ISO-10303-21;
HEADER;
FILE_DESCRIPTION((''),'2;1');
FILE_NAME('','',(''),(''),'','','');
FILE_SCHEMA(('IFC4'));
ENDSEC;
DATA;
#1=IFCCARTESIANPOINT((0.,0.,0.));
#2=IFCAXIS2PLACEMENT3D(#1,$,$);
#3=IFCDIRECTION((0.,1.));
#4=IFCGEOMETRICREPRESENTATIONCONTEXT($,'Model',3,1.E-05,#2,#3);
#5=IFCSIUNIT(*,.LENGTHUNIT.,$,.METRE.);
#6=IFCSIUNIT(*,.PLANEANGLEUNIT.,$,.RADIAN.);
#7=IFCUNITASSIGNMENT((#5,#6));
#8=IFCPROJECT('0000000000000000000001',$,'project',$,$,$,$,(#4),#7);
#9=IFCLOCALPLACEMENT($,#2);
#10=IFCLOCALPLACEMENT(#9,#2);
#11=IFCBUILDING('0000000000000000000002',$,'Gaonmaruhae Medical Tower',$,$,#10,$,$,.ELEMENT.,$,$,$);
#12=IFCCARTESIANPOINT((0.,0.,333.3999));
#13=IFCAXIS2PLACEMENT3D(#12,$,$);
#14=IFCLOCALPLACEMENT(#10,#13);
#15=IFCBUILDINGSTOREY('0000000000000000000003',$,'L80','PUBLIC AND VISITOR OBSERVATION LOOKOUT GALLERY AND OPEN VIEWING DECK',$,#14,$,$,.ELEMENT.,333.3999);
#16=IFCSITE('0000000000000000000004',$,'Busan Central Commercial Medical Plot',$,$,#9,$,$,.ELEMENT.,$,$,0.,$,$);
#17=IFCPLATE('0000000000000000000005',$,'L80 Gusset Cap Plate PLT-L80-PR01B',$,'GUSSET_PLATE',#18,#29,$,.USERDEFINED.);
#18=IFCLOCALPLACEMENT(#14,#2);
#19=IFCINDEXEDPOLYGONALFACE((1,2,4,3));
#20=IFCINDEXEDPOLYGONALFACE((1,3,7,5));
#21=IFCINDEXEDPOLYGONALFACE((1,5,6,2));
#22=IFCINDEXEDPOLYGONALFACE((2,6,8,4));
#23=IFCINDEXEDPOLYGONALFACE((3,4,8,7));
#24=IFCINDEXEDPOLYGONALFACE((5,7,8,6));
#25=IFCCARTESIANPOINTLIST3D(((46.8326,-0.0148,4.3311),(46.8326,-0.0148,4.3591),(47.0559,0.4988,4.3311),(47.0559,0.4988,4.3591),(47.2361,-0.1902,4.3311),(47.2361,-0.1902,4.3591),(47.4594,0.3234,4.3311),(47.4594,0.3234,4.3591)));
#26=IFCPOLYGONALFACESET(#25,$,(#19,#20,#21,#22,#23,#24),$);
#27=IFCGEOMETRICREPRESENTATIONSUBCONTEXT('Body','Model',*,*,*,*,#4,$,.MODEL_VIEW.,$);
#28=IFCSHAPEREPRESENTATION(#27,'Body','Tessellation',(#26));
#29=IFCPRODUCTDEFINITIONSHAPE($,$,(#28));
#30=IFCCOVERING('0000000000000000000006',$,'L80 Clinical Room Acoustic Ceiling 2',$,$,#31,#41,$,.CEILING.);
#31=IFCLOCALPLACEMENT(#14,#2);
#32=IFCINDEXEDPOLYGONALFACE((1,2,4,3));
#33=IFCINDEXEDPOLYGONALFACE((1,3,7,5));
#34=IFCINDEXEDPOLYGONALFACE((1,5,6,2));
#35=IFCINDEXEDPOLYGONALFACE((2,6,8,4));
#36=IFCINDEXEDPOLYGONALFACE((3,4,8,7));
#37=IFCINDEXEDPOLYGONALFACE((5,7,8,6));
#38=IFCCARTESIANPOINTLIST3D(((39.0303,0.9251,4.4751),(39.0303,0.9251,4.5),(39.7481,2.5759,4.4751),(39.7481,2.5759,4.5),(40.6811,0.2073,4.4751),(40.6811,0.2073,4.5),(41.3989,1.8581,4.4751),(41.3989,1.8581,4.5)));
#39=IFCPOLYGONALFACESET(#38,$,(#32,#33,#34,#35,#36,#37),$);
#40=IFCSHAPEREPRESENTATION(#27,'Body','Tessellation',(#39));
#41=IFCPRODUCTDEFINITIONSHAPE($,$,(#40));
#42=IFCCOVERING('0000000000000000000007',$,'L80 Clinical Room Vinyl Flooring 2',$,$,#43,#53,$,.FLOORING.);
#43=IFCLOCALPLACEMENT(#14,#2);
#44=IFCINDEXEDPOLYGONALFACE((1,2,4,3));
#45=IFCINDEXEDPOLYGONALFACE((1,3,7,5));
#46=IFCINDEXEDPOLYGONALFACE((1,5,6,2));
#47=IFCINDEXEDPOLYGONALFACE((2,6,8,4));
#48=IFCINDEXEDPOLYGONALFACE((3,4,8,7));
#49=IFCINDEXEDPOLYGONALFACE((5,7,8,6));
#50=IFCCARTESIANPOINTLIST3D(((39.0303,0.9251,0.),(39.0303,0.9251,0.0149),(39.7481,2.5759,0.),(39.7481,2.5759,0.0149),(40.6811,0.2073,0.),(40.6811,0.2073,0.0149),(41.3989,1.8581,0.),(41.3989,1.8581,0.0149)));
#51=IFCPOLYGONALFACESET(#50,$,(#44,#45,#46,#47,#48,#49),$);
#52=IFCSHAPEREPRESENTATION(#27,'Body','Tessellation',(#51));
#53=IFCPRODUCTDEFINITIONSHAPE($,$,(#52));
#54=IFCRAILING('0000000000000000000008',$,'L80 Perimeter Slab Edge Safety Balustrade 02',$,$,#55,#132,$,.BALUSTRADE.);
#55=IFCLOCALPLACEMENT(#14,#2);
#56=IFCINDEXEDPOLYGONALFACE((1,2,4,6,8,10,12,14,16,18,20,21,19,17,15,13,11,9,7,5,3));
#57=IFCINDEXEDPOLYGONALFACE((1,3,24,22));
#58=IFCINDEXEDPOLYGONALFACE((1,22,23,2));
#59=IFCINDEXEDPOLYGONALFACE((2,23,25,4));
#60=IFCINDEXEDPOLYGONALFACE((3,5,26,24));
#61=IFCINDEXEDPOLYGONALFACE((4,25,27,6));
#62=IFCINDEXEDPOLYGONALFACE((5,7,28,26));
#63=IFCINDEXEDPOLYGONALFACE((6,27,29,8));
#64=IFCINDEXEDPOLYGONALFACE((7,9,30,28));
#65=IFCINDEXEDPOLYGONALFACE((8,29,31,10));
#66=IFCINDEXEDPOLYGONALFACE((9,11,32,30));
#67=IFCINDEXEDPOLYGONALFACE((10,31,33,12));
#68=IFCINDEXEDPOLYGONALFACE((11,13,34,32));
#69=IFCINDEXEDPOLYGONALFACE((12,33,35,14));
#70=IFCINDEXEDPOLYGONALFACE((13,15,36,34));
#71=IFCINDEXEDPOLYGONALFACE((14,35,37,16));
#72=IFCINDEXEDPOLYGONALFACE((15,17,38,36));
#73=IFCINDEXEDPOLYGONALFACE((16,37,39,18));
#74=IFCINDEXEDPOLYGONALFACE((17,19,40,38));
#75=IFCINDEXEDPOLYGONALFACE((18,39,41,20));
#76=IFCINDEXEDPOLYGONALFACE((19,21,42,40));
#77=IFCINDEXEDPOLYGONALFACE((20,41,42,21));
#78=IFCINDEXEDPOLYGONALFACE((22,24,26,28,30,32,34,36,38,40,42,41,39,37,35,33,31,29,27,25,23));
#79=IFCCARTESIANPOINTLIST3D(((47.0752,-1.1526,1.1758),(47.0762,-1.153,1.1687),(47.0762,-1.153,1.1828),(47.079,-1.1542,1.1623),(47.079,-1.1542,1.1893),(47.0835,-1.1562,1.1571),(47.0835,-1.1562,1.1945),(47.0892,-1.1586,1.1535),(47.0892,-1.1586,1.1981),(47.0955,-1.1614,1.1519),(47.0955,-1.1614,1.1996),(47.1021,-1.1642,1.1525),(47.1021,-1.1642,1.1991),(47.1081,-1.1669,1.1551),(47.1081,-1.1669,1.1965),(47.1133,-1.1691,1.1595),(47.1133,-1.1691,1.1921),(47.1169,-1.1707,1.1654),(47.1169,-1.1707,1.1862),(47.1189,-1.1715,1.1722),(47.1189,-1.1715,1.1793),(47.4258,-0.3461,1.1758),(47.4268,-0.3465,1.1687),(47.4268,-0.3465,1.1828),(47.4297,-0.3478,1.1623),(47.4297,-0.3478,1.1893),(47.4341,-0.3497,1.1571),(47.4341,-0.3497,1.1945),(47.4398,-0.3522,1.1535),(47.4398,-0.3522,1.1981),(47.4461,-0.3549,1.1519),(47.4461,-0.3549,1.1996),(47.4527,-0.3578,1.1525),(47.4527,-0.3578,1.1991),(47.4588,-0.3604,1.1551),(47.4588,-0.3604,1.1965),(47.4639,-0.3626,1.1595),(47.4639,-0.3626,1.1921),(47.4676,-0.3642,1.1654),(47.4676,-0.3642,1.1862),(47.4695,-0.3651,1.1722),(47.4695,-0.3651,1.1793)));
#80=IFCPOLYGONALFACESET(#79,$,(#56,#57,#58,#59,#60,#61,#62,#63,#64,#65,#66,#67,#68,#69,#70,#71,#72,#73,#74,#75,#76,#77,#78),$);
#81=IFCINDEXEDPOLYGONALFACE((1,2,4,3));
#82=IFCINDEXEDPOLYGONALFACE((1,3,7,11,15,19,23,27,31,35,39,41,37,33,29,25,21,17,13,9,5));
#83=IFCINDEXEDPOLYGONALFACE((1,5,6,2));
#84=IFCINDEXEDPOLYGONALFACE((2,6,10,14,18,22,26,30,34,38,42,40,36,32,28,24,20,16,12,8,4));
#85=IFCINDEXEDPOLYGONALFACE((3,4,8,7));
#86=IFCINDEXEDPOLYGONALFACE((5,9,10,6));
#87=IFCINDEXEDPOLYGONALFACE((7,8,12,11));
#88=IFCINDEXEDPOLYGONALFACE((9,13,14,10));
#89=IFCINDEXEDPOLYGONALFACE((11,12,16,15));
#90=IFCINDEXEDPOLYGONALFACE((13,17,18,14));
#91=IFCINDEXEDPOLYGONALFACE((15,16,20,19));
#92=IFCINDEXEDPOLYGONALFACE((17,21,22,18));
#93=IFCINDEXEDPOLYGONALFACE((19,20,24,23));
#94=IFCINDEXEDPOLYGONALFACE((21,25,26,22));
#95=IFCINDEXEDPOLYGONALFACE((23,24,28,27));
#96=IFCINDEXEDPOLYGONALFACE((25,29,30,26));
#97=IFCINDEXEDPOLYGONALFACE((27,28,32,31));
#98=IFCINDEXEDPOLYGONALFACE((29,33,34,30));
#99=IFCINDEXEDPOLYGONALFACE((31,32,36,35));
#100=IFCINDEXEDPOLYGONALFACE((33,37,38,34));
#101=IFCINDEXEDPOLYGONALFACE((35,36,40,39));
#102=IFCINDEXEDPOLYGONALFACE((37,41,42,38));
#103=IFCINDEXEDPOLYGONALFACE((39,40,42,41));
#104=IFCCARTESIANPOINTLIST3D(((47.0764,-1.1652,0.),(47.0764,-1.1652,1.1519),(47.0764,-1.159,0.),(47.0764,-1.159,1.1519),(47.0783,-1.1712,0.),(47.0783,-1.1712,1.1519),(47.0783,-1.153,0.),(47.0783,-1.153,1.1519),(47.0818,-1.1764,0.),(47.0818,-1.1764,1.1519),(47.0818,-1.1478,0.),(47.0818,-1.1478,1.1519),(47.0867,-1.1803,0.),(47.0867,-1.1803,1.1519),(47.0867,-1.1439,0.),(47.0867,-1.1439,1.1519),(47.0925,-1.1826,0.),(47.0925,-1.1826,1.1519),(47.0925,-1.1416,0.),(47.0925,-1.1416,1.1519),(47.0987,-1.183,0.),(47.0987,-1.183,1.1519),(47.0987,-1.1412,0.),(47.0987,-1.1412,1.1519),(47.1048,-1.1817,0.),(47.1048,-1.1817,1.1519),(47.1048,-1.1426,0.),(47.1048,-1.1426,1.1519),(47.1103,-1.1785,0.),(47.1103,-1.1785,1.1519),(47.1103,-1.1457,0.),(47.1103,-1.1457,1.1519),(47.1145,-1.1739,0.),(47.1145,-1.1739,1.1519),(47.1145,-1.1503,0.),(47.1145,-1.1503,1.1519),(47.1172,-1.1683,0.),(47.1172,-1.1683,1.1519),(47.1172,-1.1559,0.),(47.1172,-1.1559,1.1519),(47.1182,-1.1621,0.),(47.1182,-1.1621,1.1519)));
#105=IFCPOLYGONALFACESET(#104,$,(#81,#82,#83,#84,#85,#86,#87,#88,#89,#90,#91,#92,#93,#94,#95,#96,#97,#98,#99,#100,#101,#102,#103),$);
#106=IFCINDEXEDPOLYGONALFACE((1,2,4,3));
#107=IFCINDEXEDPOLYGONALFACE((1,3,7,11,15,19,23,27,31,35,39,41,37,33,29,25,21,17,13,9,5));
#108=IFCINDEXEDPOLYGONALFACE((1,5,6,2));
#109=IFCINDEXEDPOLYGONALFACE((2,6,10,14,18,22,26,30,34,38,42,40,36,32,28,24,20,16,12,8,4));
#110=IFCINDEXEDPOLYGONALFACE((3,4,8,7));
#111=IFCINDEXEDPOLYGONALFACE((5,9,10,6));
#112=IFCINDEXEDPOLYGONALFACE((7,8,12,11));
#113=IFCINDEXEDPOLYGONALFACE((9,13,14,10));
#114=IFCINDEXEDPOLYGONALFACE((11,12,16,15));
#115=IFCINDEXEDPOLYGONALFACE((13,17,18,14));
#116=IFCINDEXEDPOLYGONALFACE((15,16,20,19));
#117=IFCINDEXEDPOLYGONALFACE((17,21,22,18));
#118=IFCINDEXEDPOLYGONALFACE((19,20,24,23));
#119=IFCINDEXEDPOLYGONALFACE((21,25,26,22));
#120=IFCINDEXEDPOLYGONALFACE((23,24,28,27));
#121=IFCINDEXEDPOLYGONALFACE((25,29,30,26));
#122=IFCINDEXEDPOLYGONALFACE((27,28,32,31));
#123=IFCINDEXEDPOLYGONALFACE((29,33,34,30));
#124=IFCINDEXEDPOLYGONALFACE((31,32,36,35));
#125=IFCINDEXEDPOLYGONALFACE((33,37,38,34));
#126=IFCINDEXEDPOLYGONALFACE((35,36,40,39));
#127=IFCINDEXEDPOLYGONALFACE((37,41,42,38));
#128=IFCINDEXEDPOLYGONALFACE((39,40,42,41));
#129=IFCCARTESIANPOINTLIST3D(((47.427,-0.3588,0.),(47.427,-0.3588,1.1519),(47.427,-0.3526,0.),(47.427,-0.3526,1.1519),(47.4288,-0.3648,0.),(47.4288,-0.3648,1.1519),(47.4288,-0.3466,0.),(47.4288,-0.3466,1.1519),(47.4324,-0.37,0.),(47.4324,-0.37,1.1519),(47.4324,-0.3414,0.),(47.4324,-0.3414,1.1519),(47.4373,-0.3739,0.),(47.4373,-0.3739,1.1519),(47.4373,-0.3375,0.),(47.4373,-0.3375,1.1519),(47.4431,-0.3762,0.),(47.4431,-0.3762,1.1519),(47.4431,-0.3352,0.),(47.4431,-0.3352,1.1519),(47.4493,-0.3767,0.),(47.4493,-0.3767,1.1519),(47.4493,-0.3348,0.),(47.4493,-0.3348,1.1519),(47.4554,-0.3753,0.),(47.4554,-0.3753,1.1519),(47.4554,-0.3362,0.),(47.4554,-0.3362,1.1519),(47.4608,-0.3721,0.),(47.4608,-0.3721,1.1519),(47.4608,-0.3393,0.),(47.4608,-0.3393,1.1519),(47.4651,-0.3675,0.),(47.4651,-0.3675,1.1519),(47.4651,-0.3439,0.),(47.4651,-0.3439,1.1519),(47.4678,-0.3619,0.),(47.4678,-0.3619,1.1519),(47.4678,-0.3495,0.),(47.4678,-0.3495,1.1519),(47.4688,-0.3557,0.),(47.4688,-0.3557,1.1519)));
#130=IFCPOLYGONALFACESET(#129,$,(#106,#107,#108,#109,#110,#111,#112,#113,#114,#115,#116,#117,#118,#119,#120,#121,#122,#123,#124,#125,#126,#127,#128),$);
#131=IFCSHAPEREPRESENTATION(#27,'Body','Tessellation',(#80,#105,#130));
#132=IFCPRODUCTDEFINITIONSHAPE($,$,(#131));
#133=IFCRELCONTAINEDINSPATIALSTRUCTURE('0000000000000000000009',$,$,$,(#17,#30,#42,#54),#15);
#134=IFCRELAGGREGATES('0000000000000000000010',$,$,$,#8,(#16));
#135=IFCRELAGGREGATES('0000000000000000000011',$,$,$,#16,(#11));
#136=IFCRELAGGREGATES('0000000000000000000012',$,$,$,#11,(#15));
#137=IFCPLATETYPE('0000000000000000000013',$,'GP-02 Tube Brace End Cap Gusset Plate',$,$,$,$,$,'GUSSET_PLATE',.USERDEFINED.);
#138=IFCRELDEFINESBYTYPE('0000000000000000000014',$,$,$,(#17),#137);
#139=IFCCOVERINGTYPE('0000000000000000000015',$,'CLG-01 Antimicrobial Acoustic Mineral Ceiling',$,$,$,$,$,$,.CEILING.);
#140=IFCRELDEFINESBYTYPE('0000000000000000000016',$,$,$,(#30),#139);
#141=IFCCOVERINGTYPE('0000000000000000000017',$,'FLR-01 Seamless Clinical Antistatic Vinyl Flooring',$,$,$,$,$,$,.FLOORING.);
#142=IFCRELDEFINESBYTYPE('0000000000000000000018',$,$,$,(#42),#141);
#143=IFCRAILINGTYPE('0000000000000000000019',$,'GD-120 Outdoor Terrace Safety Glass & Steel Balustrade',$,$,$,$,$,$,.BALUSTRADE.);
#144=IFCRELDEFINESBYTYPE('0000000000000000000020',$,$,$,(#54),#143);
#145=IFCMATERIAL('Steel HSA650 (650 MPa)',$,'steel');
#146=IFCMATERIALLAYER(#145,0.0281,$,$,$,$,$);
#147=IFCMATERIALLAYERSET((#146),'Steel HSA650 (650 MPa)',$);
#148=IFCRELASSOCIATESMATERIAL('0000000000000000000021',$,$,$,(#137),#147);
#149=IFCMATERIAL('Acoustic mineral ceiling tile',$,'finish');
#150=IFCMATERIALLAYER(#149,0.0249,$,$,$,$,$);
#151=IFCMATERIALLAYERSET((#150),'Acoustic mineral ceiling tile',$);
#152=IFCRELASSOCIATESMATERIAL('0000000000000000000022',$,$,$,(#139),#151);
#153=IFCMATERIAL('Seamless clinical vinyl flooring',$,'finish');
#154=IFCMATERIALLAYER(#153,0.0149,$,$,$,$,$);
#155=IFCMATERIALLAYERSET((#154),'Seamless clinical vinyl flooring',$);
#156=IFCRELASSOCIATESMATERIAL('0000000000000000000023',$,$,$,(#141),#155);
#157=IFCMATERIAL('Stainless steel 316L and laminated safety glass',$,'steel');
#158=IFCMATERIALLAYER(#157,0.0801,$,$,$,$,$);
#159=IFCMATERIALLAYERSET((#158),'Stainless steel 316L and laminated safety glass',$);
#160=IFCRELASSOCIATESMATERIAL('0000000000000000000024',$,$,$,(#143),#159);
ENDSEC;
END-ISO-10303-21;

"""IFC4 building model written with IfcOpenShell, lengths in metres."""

from ifc_helpers import new_model, si_unit, direction, frame, origin, origin_2d, place, context, subcontext, project, spatial, rectangle, circle, extrude, material, layer, layer_set, type_object, element, save


model = new_model("IFC4")

# Units and contexts
model_context = context("Model", 3, precision=1e-05, world=origin(), true_north=direction((0.0, 1.0)))
body_context = subcontext(model_context, "Body", "Model", "MODEL_VIEW")
ifc_project = project(units=[si_unit("LENGTHUNIT", "METRE"), si_unit("PLANEANGLEUNIT", "RADIAN")], contexts=[model_context])

# Site, building, storey
site_placement = place(None, origin())
site = spatial("IfcSite", under=ifc_project, at=site_placement, Name="Busan Central Commercial Medical Plot", CompositionType="ELEMENT", RefElevation=0.0)
building_placement = place(site_placement, origin())
building = spatial("IfcBuilding", under=site, at=building_placement, Name="Gaonmaruhae Medical Tower", CompositionType="ELEMENT")
storey_placement = place(building_placement, frame((0.0, 0.0, 333.3999)))
storey = spatial("IfcBuildingStorey", under=building, at=storey_placement, Name="L80", Description="PUBLIC AND VISITOR OBSERVATION LOOKOUT GALLERY AND OPEN VIEWING DECK", CompositionType="ELEMENT", Elevation=333.3999)

# Plate
ifc_material_1 = material(Name="Steel HSA650 (650 MPa)", Category="steel")
ifc_layer_1 = layer(ifc_material_1, 0.0281)
ifc_layer_set_1 = layer_set([ifc_layer_1], Name="Steel HSA650 (650 MPa)")
plate_type_1 = type_object("IfcPlateType", Name="GP-02 Tube Brace End Cap Gusset Plate", ElementType="GUSSET_PLATE", PredefinedType="USERDEFINED", material=ifc_layer_set_1)
plate_1_placement = place(storey_placement, frame((47.146, 0.1543, 4.3311), z_axis=(0.0, 0.0, 1.0), x_axis=(0.398749, 0.91706, 0.0)))
element("IfcPlate", 1, at=plate_1_placement, inside=storey, type_object=plate_type_1, Name="L80 Gusset Cap Plate PLT-L80-PR01B", ObjectType="GUSSET_PLATE", PredefinedType="USERDEFINED", context=body_context, shape_type="SweptSolid", body=[
    extrude(rectangle(XDim=0.5601, YDim=0.4399, at=origin_2d()), origin(), (0.0, 0.0, 1.0), 0.0281),
])

# Coverings
ifc_material_2 = material(Name="Acoustic mineral ceiling tile", Category="finish")
ifc_layer_2 = layer(ifc_material_2, 0.0249)
ifc_layer_set_2 = layer_set([ifc_layer_2], Name="Acoustic mineral ceiling tile")
covering_type_1 = type_object("IfcCoveringType", Name="CLG-01 Antimicrobial Acoustic Mineral Ceiling", PredefinedType="CEILING", material=ifc_layer_set_2)
covering_1_placement = place(storey_placement, frame((40.2146, 1.3916, 4.4751), z_axis=(0.0, 0.0, 1.0), x_axis=(0.398749, 0.91706, 0.0)))
element("IfcCovering", 2, at=covering_1_placement, inside=storey, type_object=covering_type_1, Name="L80 Clinical Room Acoustic Ceiling 2", PredefinedType="CEILING", context=body_context, shape_type="SweptSolid", body=[
    extrude(rectangle(XDim=1.8, YDim=1.8, at=origin_2d()), origin(), (0.0, 0.0, 1.0), 0.0249),
])
ifc_material_3 = material(Name="Seamless clinical vinyl flooring", Category="finish")
ifc_layer_3 = layer(ifc_material_3, 0.0149)
ifc_layer_set_3 = layer_set([ifc_layer_3], Name="Seamless clinical vinyl flooring")
covering_type_2 = type_object("IfcCoveringType", Name="FLR-01 Seamless Clinical Antistatic Vinyl Flooring", PredefinedType="FLOORING", material=ifc_layer_set_3)
covering_2_placement = place(storey_placement, frame((40.2146, 1.3916, 0.0), z_axis=(0.0, 0.0, 1.0), x_axis=(0.398749, 0.91706, 0.0)))
element("IfcCovering", 3, at=covering_2_placement, inside=storey, type_object=covering_type_2, Name="L80 Clinical Room Vinyl Flooring 2", PredefinedType="FLOORING", context=body_context, shape_type="SweptSolid", body=[
    extrude(rectangle(XDim=1.8, YDim=1.8, at=origin_2d()), origin(), (0.0, 0.0, 1.0), 0.0149),
])

# Railing
ifc_material_4 = material(Name="Stainless steel 316L and laminated safety glass", Category="steel")
ifc_layer_4 = layer(ifc_material_4, 0.0801)
ifc_layer_set_4 = layer_set([ifc_layer_4], Name="Stainless steel 316L and laminated safety glass")
railing_type = type_object("IfcRailingType", Name="GD-120 Outdoor Terrace Safety Glass & Steel Balustrade", PredefinedType="BALUSTRADE", material=ifc_layer_set_4)
railing_1_placement = place(storey_placement, frame((47.0972, -1.1621, 0.0)))
element("IfcRailing", 4, at=railing_1_placement, inside=storey, type_object=railing_type, Name="L80 Perimeter Slab Edge Safety Balustrade 02", PredefinedType="BALUSTRADE", context=body_context, shape_type="SweptSolid", body=[
    extrude(circle(Radius=0.0239, at=origin_2d()), frame((0.0, 0.0, 1.1758), z_axis=(0.398706, 0.917079, 0.0), x_axis=(-0.917079, 0.398706, 0.0)), (0.0, 0.0, 1.0), 0.8794),
    extrude(circle(Radius=0.021, at=origin_2d()), origin(), (0.0, 0.0, 1.0), 1.1519),
    extrude(circle(Radius=0.021, at=origin_2d()), frame((0.3506, 0.8064, 0.0)), (0.0, 0.0, 1.0), 1.1519),
])

save(model, "model.ifc")
